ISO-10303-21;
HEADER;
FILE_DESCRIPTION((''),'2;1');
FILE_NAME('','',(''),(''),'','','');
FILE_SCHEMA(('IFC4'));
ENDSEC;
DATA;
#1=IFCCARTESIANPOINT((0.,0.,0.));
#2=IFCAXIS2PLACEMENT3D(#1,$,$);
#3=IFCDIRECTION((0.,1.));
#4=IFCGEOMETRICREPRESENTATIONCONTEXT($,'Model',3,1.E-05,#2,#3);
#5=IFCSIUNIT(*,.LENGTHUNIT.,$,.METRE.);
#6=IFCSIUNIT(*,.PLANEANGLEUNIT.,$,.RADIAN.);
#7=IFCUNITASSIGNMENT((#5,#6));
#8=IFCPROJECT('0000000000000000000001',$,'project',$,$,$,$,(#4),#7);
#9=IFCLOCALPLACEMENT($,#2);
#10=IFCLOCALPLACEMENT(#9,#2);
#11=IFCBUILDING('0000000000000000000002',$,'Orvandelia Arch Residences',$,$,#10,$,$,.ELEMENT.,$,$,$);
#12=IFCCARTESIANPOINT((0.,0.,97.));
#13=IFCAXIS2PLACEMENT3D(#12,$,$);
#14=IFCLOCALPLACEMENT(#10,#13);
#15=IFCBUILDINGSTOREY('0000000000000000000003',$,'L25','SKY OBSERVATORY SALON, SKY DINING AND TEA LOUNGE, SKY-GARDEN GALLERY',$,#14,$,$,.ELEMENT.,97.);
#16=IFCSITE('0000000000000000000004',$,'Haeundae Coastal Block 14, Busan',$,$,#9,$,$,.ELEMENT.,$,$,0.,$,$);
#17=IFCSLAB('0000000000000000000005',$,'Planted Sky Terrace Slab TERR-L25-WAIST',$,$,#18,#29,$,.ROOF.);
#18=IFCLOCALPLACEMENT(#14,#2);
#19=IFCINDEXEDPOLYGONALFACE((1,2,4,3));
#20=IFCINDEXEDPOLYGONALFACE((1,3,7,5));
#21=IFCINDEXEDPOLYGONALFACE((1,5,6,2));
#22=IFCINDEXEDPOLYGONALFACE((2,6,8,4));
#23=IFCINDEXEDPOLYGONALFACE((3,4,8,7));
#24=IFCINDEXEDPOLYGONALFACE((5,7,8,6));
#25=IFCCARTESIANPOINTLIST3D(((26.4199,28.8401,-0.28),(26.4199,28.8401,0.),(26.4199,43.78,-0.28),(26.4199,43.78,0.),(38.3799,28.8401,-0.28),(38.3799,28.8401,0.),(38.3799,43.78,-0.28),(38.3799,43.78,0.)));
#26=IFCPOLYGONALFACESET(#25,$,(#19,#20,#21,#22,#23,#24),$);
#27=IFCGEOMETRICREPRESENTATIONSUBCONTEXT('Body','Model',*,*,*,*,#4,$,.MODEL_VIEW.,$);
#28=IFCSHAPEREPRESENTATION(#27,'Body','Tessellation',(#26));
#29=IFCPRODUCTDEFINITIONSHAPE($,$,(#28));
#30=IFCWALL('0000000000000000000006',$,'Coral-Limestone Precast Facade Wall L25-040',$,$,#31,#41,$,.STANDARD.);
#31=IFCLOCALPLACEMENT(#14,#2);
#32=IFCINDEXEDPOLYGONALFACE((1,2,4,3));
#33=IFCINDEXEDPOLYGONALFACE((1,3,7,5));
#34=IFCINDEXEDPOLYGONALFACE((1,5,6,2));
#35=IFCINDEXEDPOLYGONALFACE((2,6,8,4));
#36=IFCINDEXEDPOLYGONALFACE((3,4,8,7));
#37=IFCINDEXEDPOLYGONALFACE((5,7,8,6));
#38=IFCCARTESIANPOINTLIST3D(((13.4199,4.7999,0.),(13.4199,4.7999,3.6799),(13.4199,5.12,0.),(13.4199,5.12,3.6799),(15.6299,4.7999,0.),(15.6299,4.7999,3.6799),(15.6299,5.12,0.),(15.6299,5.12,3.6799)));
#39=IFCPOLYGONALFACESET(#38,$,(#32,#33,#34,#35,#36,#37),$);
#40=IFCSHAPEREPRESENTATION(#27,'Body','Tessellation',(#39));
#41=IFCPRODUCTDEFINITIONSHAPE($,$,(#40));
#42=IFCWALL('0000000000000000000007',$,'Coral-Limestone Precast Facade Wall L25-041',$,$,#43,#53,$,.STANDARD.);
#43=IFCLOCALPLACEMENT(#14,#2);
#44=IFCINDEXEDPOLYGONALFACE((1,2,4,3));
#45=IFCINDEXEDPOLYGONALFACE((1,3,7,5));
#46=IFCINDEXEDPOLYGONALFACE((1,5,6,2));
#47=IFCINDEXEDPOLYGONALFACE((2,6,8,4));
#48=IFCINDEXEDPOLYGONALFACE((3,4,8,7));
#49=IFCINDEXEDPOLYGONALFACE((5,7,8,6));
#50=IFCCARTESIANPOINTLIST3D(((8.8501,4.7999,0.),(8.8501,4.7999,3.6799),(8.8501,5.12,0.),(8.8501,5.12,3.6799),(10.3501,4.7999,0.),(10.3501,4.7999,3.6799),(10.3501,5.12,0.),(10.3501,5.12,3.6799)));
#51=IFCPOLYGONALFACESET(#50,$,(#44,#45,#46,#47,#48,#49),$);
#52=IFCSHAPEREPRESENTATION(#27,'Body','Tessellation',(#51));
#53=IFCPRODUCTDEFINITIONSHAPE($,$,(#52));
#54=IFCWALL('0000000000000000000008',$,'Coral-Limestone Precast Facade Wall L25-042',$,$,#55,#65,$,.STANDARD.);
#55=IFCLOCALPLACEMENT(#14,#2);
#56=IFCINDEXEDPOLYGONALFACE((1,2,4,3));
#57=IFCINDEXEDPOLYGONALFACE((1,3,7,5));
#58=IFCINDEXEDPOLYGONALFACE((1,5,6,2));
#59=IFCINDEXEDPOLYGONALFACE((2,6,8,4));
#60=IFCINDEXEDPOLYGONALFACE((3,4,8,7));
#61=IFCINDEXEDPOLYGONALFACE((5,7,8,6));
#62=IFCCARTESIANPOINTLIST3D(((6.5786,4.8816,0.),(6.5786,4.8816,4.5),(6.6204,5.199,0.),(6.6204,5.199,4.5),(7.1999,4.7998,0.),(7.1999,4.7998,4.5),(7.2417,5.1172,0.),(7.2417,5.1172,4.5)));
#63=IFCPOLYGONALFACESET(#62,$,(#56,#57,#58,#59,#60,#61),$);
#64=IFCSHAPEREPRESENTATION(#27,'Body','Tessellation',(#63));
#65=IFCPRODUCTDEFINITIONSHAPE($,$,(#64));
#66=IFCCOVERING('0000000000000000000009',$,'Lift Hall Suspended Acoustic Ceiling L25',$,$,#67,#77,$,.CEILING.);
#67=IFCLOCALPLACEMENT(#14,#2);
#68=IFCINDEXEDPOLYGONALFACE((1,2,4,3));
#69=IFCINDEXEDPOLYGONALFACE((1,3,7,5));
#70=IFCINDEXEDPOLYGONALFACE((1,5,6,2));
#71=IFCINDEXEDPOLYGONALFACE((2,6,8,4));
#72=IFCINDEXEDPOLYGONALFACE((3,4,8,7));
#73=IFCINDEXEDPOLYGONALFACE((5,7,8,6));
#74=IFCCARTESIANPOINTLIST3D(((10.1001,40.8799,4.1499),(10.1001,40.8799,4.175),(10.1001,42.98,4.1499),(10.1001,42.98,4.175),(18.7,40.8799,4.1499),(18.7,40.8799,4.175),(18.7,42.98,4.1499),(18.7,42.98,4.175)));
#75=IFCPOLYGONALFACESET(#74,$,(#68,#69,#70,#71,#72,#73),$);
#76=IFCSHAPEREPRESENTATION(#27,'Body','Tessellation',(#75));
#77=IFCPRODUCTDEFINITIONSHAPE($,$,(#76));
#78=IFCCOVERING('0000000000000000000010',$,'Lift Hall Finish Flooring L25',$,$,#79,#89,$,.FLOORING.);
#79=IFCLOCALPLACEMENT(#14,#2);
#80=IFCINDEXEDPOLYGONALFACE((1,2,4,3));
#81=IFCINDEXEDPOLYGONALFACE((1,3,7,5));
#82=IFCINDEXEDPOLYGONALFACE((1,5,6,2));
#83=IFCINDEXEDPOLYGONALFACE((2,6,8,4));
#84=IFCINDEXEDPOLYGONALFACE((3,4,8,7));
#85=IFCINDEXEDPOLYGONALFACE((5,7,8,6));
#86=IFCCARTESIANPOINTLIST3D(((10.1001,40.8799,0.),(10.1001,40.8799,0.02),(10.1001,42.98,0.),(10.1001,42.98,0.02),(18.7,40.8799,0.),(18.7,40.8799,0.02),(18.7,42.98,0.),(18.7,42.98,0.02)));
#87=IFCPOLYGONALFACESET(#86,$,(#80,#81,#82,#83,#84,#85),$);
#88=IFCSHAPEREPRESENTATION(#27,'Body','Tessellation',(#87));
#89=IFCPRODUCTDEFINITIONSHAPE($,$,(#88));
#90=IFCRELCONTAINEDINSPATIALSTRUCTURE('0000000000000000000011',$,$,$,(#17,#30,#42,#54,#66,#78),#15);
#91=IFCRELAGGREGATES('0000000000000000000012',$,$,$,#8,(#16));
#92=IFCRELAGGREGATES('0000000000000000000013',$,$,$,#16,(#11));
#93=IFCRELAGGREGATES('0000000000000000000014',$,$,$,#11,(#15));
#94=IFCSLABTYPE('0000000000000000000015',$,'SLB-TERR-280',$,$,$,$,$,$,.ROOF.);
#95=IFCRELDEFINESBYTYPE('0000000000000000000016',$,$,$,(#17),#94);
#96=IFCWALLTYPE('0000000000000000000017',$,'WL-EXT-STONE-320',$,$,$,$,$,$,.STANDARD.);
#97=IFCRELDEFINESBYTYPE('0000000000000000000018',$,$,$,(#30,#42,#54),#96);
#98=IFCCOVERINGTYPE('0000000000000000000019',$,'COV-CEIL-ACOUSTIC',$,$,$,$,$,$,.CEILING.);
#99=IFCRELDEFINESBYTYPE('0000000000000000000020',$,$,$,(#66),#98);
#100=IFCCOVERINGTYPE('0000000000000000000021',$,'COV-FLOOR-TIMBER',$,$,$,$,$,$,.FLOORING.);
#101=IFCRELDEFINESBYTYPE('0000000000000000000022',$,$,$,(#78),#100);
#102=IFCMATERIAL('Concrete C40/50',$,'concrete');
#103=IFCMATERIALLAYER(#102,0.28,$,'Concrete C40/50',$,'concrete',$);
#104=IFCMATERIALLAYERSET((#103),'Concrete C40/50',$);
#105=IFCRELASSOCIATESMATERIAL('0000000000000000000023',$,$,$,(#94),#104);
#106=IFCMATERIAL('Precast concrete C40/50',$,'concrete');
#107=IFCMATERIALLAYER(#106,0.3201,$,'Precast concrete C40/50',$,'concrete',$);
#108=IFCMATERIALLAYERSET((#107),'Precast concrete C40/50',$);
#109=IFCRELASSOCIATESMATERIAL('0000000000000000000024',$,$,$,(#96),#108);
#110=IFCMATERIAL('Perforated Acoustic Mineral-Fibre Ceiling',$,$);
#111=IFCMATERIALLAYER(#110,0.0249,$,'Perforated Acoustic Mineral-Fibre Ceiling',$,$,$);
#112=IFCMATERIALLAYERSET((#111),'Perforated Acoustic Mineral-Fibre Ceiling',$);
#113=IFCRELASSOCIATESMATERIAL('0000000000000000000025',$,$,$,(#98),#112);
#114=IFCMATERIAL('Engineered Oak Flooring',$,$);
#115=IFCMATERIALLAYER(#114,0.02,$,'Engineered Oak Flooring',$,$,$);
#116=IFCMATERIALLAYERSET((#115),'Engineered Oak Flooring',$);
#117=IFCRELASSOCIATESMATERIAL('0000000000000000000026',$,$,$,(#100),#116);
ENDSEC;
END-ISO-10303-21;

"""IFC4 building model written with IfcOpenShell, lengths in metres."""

from ifc_helpers import new_model, si_unit, direction, frame, frame_2d, origin, place, context, subcontext, project, spatial, polyline, rectangle, outline, extrude, material, layer, layer_set, type_object, element, save


model = new_model("IFC4")

# Units and contexts
model_context = context("Model", 3, precision=1e-05, world=origin(), true_north=direction((0.0, 1.0)))
body_context = subcontext(model_context, "Body", "Model", "MODEL_VIEW")
ifc_project = project(units=[si_unit("LENGTHUNIT", "METRE"), si_unit("PLANEANGLEUNIT", "RADIAN")], contexts=[model_context])

# Site, building, storey
site_placement = place(None, origin())
site = spatial("IfcSite", under=ifc_project, at=site_placement, Name="Haeundae Coastal Block 14, Busan", CompositionType="ELEMENT", RefElevation=0.0)
building_placement = place(site_placement, origin())
building = spatial("IfcBuilding", under=site, at=building_placement, Name="Orvandelia Arch Residences", CompositionType="ELEMENT")
storey_placement = place(building_placement, frame((0.0, 0.0, 97.0)))
storey = spatial("IfcBuildingStorey", under=building, at=storey_placement, Name="L25", Description="SKY OBSERVATORY SALON, SKY DINING AND TEA LOUNGE, SKY-GARDEN GALLERY", CompositionType="ELEMENT", Elevation=97.0)

# Shared definitions
ifc_material_1 = material(Name="Concrete C40/50", Category="concrete")

# Slab
ifc_layer_1 = layer(ifc_material_1, 0.28, Name="Concrete C40/50", Category="concrete")
ifc_layer_set_1 = layer_set([ifc_layer_1], Name="Concrete C40/50")
slab_type_1 = type_object("IfcSlabType", Name="SLB-TERR-280", PredefinedType="ROOF", material=ifc_layer_set_1)
slab_1_placement = place(storey_placement, frame((0.0, 0.0, -0.28)))
element("IfcSlab", 1, at=slab_1_placement, inside=storey, type_object=slab_type_1, Name="Planted Sky Terrace Slab TERR-L25-WAIST", PredefinedType="ROOF", context=body_context, shape_type="SweptSolid", body=[
    extrude(outline(polyline([(26.4199, 28.8401), (38.3799, 28.8401), (38.3799, 43.78), (26.4199, 43.78), (26.4199, 28.8401)])), origin(), (0.0, 0.0, 1.0), 0.28),
])

# Walls
ifc_material_2 = material(Name="Precast concrete C40/50", Category="concrete")
ifc_layer_2 = layer(ifc_material_2, 0.3201, Name="Precast concrete C40/50", Category="concrete")
ifc_layer_set_2 = layer_set([ifc_layer_2], Name="Precast concrete C40/50")
wall_type = type_object("IfcWallType", Name="WL-EXT-STONE-320", PredefinedType="STANDARD", material=ifc_layer_set_2)
wall_1_placement = place(storey_placement, frame((15.6299, 4.96, 0.0), z_axis=(0.0, 0.0, 1.0), x_axis=(-1.0, 0.0, 0.0)))
element("IfcWall", 2, at=wall_1_placement, inside=storey, type_object=wall_type, Name="Coral-Limestone Precast Facade Wall L25-040", PredefinedType="STANDARD", context=body_context, shape_type="SweptSolid", body=[
    extrude(rectangle(XDim=2.21, YDim=0.3201, at=frame_2d((1.105, 0.0))), origin(), (0.0, 0.0, 1.0), 3.6799),
])
wall_2_placement = place(storey_placement, frame((10.3501, 4.96, 0.0), z_axis=(0.0, 0.0, 1.0), x_axis=(-1.0, 0.0, 0.0)))
element("IfcWall", 3, at=wall_2_placement, inside=storey, type_object=wall_type, Name="Coral-Limestone Precast Facade Wall L25-041", PredefinedType="STANDARD", context=body_context, shape_type="SweptSolid", body=[
    extrude(rectangle(XDim=1.5, YDim=0.3201, at=frame_2d((0.75, 0.0))), origin(), (0.0, 0.0, 1.0), 3.6799),
])
wall_3_placement = place(storey_placement, frame((7.2209, 4.9585, 0.0), z_axis=(0.0, 0.0, 1.0), x_axis=(-0.991448, 0.130505, 0.0)))
element("IfcWall", 4, at=wall_3_placement, inside=storey, type_object=wall_type, Name="Coral-Limestone Precast Facade Wall L25-042", PredefinedType="STANDARD", context=body_context, shape_type="SweptSolid", body=[
    extrude(rectangle(XDim=0.6267, YDim=0.3201, at=frame_2d((0.3135, 0.0))), origin(), (0.0, 0.0, 1.0), 4.5),
])

# Coverings
ifc_material_3 = material(Name="Perforated Acoustic Mineral-Fibre Ceiling")
ifc_layer_3 = layer(ifc_material_3, 0.0249, Name="Perforated Acoustic Mineral-Fibre Ceiling")
ifc_layer_set_3 = layer_set([ifc_layer_3], Name="Perforated Acoustic Mineral-Fibre Ceiling")
covering_type_1 = type_object("IfcCoveringType", Name="COV-CEIL-ACOUSTIC", PredefinedType="CEILING", material=ifc_layer_set_3)
covering_1_placement = place(storey_placement, frame((0.0, 0.0, 4.1499)))
element("IfcCovering", 5, at=covering_1_placement, inside=storey, type_object=covering_type_1, Name="Lift Hall Suspended Acoustic Ceiling L25", PredefinedType="CEILING", context=body_context, shape_type="SweptSolid", body=[
    extrude(outline(polyline([(10.1001, 40.8799), (18.7, 40.8799), (18.7, 42.98), (10.1001, 42.98), (10.1001, 40.8799)])), origin(), (0.0, 0.0, 1.0), 0.0251),
])
ifc_material_4 = material(Name="Engineered Oak Flooring")
ifc_layer_4 = layer(ifc_material_4, 0.02, Name="Engineered Oak Flooring")
ifc_layer_set_4 = layer_set([ifc_layer_4], Name="Engineered Oak Flooring")
covering_type_2 = type_object("IfcCoveringType", Name="COV-FLOOR-TIMBER", PredefinedType="FLOORING", material=ifc_layer_set_4)
covering_2_placement = place(storey_placement, origin())
element("IfcCovering", 6, at=covering_2_placement, inside=storey, type_object=covering_type_2, Name="Lift Hall Finish Flooring L25", PredefinedType="FLOORING", context=body_context, shape_type="SweptSolid", body=[
    extrude(outline(polyline([(10.1001, 40.8799), (18.7, 40.8799), (18.7, 42.98), (10.1001, 42.98), (10.1001, 40.8799)])), origin(), (0.0, 0.0, 1.0), 0.02),
])

save(model, "model.ifc")
